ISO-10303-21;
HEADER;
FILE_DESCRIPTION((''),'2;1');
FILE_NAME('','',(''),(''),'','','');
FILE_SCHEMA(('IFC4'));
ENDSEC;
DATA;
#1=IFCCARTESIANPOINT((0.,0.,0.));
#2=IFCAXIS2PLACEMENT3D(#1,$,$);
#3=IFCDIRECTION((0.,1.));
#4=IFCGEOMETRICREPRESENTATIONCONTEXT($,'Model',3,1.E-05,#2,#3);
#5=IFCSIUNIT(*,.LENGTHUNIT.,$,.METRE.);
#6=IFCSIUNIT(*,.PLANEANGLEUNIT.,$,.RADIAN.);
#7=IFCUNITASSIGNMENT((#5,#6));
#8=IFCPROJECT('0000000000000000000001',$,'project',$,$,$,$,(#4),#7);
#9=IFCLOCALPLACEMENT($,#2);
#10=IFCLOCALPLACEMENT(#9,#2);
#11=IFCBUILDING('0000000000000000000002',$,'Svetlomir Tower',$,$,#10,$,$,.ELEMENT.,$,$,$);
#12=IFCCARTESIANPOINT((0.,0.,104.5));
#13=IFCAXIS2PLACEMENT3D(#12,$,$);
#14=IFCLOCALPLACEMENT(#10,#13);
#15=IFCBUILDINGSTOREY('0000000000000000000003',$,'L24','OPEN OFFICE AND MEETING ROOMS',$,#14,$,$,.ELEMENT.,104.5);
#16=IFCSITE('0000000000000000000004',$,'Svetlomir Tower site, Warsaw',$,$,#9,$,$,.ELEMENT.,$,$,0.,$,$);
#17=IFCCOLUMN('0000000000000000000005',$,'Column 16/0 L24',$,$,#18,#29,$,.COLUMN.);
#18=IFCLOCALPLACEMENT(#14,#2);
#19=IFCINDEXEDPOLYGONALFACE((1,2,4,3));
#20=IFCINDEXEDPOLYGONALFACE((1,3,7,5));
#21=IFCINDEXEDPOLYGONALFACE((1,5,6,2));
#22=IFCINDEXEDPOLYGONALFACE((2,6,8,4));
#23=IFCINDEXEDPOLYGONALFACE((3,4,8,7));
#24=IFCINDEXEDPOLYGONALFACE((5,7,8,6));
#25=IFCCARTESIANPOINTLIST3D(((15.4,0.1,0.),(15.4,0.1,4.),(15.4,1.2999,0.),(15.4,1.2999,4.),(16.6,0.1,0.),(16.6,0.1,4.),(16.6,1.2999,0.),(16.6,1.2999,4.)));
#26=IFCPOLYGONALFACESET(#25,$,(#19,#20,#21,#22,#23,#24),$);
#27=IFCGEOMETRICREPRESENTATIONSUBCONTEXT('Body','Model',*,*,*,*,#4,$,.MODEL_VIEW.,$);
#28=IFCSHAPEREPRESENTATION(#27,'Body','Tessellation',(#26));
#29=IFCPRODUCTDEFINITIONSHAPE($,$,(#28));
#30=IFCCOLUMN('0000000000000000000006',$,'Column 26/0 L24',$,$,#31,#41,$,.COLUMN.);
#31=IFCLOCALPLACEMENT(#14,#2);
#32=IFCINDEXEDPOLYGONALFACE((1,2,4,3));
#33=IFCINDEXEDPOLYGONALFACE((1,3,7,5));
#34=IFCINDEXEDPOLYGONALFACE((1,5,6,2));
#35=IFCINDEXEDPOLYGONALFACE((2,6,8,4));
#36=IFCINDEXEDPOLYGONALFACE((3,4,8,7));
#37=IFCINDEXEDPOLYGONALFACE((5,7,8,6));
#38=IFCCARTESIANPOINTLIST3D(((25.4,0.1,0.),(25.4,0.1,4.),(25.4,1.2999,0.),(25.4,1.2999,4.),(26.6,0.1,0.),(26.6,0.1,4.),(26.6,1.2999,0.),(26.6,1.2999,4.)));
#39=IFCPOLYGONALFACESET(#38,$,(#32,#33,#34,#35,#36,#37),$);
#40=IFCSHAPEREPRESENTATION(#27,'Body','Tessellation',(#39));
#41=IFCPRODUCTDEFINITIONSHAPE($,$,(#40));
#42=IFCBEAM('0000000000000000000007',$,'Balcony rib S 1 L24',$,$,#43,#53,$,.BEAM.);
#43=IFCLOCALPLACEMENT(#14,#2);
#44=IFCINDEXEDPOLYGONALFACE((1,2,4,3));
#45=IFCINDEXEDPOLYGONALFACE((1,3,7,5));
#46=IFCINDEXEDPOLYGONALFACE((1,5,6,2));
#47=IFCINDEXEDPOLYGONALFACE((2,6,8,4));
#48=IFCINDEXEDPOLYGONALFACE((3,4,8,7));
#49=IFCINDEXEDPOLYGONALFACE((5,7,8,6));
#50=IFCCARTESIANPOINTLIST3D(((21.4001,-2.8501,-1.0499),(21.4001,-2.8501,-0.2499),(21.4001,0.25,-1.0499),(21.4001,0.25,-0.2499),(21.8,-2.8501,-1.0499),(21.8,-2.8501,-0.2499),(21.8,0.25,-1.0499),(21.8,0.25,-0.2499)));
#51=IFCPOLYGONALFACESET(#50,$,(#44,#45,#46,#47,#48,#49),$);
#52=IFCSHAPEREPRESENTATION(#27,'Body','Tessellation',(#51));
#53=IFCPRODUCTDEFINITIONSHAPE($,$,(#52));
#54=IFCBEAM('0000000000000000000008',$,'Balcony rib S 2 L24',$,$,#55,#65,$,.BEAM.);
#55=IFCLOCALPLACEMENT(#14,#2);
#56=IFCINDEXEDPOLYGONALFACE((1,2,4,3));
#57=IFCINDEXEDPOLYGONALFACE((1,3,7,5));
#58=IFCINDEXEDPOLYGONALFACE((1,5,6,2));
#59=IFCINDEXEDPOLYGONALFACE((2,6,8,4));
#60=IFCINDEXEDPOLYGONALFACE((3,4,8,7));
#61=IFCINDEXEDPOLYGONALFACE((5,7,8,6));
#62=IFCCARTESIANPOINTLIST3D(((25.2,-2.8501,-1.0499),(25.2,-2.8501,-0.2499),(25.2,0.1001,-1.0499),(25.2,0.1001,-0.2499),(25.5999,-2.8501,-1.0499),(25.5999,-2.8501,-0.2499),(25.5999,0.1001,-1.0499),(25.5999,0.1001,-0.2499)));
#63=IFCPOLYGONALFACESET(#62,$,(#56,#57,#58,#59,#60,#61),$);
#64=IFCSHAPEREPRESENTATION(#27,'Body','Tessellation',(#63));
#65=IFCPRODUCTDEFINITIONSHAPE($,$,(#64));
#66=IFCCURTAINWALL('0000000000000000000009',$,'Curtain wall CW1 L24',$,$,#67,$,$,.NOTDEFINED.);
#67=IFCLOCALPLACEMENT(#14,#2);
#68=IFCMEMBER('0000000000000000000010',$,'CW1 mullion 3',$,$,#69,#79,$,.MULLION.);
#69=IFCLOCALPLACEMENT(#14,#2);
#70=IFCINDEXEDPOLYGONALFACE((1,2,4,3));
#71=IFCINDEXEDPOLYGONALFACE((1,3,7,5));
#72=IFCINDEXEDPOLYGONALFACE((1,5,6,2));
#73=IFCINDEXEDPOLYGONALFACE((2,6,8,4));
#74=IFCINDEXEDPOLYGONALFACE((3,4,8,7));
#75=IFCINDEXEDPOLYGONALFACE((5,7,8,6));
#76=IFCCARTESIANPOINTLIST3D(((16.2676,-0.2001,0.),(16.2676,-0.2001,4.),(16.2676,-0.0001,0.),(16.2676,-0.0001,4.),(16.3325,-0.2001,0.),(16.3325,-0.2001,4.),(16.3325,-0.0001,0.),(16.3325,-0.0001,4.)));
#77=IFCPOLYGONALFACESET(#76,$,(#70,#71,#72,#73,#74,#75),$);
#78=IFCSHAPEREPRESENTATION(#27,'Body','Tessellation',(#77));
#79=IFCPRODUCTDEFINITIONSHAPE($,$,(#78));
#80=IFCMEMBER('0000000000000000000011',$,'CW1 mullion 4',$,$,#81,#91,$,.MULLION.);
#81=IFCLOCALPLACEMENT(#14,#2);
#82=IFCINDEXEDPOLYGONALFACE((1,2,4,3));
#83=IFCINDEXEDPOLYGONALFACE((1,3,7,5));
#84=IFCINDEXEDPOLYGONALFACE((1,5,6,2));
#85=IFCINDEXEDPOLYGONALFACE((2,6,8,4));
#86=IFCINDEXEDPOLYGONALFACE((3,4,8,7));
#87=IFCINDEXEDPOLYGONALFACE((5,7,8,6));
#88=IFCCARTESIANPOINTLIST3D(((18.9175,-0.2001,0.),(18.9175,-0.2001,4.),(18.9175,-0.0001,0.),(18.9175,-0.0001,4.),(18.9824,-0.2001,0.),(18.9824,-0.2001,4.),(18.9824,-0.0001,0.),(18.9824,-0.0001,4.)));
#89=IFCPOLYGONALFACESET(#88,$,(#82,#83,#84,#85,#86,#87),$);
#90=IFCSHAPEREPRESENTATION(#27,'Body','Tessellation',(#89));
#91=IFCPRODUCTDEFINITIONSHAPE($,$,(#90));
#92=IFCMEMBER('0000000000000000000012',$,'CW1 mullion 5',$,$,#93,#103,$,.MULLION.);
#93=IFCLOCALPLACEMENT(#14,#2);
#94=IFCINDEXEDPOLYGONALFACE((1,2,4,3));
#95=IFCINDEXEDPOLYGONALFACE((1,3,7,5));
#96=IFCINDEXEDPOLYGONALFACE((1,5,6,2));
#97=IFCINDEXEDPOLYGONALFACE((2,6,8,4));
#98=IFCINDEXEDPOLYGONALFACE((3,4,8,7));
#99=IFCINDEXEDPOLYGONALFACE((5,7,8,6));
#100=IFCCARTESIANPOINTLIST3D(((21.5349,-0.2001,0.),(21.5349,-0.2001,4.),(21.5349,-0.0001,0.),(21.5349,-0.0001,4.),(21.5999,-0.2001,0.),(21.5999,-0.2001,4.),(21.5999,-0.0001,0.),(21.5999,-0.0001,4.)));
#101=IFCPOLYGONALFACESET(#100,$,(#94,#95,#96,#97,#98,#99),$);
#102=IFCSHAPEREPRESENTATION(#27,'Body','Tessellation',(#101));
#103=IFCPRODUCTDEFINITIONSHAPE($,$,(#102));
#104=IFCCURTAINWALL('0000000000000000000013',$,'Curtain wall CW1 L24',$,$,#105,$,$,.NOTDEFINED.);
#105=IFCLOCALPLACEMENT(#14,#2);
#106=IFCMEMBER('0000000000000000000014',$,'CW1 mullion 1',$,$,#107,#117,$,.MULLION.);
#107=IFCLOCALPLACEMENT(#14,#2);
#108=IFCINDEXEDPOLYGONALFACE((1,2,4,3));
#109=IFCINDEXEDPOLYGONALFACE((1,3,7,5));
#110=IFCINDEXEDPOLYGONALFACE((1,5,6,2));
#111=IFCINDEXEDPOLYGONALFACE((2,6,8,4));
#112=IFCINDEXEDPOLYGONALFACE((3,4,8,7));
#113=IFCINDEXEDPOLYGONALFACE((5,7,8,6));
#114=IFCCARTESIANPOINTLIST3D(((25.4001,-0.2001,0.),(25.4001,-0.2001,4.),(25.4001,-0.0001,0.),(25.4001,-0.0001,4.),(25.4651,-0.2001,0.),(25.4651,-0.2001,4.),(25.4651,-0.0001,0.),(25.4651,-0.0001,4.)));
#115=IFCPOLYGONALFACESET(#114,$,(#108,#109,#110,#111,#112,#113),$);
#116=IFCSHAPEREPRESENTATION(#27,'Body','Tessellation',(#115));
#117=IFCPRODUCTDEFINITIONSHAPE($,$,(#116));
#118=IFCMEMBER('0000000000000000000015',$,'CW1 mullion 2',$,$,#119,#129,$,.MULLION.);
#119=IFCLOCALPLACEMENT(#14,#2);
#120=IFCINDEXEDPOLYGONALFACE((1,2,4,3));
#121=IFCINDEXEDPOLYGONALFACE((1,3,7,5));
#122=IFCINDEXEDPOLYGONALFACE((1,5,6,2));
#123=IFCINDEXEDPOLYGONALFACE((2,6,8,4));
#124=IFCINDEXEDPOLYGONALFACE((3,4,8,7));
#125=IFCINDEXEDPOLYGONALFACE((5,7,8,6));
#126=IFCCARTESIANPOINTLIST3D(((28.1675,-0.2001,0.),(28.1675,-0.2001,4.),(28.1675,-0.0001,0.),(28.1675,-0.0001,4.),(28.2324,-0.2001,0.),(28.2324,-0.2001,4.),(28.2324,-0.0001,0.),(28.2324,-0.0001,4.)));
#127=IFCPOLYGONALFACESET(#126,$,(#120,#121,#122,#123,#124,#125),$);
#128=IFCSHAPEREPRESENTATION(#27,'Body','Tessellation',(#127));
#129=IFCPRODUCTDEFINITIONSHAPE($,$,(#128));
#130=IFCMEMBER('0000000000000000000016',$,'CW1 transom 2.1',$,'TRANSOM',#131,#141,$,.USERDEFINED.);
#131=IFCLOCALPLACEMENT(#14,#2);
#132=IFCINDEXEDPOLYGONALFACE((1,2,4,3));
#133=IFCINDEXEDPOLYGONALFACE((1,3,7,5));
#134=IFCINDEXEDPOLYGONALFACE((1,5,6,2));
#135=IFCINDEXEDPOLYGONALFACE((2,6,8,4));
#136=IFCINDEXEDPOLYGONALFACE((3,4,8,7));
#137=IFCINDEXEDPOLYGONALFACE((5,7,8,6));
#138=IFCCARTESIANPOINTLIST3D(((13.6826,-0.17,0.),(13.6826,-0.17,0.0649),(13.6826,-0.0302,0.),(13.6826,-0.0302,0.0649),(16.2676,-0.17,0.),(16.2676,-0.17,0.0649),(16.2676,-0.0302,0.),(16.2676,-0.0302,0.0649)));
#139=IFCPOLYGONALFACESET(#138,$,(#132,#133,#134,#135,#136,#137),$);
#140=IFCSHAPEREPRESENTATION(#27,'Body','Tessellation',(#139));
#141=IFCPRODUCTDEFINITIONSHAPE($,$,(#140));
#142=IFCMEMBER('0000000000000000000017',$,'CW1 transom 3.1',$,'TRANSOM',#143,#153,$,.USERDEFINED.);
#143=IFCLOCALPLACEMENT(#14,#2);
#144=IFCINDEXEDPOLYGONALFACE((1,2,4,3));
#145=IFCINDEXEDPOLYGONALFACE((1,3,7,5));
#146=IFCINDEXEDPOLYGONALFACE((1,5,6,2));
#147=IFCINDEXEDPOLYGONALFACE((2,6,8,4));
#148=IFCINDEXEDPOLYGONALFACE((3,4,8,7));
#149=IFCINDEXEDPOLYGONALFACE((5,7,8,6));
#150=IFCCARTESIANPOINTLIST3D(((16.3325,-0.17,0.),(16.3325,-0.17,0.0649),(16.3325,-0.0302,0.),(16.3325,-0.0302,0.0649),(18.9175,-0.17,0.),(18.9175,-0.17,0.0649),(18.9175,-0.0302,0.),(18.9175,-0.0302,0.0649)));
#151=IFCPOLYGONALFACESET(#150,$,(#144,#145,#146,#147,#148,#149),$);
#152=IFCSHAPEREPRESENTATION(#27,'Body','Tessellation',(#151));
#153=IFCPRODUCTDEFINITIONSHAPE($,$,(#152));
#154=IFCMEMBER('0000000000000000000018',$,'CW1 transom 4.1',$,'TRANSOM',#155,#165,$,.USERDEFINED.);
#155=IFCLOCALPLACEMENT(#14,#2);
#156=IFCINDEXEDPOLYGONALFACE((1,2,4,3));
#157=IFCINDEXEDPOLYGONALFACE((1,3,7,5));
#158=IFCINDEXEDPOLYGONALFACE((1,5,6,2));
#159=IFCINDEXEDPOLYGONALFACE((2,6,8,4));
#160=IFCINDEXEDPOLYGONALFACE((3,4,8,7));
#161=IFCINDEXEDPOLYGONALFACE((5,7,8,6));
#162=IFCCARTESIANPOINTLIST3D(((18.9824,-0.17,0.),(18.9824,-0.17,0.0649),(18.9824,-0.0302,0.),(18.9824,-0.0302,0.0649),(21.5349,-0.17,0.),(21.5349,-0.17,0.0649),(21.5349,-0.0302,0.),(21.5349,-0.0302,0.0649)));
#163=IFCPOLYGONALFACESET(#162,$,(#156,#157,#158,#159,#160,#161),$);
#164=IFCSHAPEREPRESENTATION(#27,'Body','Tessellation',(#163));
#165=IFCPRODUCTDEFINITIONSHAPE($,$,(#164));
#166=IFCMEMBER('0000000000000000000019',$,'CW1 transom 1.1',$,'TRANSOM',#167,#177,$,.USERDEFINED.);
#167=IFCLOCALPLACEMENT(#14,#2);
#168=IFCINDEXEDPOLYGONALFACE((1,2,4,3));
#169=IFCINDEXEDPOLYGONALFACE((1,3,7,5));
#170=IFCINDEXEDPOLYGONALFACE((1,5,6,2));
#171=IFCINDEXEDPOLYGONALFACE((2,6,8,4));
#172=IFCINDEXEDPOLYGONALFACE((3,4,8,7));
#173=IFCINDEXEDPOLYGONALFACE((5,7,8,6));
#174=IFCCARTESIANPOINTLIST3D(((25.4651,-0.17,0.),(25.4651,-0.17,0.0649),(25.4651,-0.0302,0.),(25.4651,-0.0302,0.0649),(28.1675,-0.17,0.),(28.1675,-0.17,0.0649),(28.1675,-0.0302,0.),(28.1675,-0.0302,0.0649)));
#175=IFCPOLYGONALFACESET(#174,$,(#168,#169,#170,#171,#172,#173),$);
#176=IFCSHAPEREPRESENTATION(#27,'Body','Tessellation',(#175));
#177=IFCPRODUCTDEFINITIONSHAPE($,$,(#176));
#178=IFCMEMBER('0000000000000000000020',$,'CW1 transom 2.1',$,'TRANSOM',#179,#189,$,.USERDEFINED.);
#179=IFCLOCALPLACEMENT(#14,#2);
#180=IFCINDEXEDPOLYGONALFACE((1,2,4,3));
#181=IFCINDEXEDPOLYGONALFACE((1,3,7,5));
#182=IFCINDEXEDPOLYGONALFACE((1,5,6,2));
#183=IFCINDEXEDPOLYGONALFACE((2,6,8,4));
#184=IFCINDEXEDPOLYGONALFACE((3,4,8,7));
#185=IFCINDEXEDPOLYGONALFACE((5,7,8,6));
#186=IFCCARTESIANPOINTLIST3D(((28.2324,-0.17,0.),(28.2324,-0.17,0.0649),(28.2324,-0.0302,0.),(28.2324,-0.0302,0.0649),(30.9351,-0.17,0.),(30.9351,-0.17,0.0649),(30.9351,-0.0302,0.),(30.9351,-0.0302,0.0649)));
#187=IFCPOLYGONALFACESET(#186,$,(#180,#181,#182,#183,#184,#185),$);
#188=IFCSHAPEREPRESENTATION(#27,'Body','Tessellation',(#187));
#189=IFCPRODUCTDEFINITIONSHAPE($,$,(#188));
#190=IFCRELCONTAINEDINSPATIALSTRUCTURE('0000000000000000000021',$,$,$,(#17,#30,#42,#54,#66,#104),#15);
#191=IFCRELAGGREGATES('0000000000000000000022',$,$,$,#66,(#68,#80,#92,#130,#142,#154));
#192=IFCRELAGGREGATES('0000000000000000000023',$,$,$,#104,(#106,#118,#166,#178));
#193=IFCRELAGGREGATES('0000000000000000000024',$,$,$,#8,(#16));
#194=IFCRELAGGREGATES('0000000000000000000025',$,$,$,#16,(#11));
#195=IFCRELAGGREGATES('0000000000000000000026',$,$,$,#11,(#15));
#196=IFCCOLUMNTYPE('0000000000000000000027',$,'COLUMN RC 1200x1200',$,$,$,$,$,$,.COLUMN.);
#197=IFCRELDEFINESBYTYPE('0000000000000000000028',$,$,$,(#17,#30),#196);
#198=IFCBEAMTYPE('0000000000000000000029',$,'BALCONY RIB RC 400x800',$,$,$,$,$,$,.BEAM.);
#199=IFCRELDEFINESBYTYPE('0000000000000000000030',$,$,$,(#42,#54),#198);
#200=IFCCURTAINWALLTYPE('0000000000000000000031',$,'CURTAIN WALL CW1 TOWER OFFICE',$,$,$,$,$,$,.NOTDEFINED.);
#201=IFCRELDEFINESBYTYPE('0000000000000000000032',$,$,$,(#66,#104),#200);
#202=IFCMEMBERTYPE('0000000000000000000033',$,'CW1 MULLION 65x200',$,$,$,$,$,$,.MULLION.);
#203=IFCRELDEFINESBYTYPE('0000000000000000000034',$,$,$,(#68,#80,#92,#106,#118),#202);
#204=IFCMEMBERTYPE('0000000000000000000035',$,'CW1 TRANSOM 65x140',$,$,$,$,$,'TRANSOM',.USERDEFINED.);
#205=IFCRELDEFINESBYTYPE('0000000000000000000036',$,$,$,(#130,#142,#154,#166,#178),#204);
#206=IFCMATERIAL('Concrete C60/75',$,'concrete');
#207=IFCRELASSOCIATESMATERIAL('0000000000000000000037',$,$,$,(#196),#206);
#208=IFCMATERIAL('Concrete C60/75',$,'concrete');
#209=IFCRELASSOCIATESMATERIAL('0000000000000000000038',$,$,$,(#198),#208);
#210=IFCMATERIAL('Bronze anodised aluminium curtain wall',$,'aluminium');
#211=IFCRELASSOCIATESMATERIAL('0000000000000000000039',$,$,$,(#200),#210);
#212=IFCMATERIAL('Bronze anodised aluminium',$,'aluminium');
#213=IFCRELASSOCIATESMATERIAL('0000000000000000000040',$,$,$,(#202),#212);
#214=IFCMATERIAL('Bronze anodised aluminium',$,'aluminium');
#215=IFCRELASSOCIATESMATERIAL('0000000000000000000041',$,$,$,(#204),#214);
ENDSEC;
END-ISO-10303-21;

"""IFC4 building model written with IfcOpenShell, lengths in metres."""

from ifc_helpers import new_model, si_unit, direction, frame, origin, origin_2d, place, context, subcontext, project, spatial, rectangle, extrude, material, material_profile, profile_set, type_object, element, aggregate, save


model = new_model("IFC4")

# Units and contexts
model_context = context("Model", 3, precision=1e-05, world=origin(), true_north=direction((0.0, 1.0)))
body_context = subcontext(model_context, "Body", "Model", "MODEL_VIEW")
ifc_project = project(units=[si_unit("LENGTHUNIT", "METRE"), si_unit("PLANEANGLEUNIT", "RADIAN")], contexts=[model_context])

# Site, building, storey
site_placement = place(None, origin())
site = spatial("IfcSite", under=ifc_project, at=site_placement, Name="Svetlomir Tower site, Warsaw", CompositionType="ELEMENT", RefElevation=0.0)
building_placement = place(site_placement, origin())
building = spatial("IfcBuilding", under=site, at=building_placement, Name="Svetlomir Tower", CompositionType="ELEMENT")
storey_placement = place(building_placement, frame((0.0, 0.0, 104.5)))
storey = spatial("IfcBuildingStorey", under=building, at=storey_placement, Name="L24", Description="OPEN OFFICE AND MEETING ROOMS", CompositionType="ELEMENT", Elevation=104.5)

# Columns
ifc_material_1 = material(Name="Concrete C60/75", Category="concrete")
ifc_material_profile_1 = material_profile(ifc_material_1, rectangle(XDim=1.2, YDim=1.2, at=origin_2d()), Name="RC 1200x1200")
ifc_profile_set_1 = profile_set([ifc_material_profile_1], Name="Concrete C60/75")
column_type = type_object("IfcColumnType", Name="COLUMN RC 1200x1200", PredefinedType="COLUMN", material=ifc_profile_set_1)
for number, where, z_axis, x_axis, name in (
    (1, (16.0, 0.7, 0.0), (0.0, 0.0, 1.0), (1.0, 0.0, 0.0), "Column 16/0 L24"),
    (2, (26.0, 0.7, 0.0), (0.0, 0.0, 1.0), (1.0, 0.0, 0.0), "Column 26/0 L24"),
):
    element("IfcColumn", number, at=place(storey_placement, frame(where, z_axis=z_axis, x_axis=x_axis)), inside=storey, type_object=column_type, Name=name, PredefinedType="COLUMN", context=body_context, shape_type="SweptSolid", body=[
        extrude(rectangle(XDim=1.2, YDim=1.2, at=origin_2d()), origin(), (0.0, 0.0, 1.0), 4.0),
    ])

# Beams
ifc_material_2 = material(Name="Concrete C60/75", Category="concrete")
ifc_material_profile_2 = material_profile(ifc_material_2, rectangle(XDim=0.3999, YDim=0.8, at=origin_2d()), Name="RC 400x800")
ifc_profile_set_2 = profile_set([ifc_material_profile_2], Name="Concrete C60/75")
beam_type_1 = type_object("IfcBeamType", Name="BALCONY RIB RC 400x800", PredefinedType="BEAM", material=ifc_profile_set_2)
beam_1_placement = place(storey_placement, frame((21.6001, 0.25, -0.6499), z_axis=(0.0, -1.0, 0.0), x_axis=(1.0, 0.0, 0.0)))
element("IfcBeam", 3, at=beam_1_placement, inside=storey, type_object=beam_type_1, Name="Balcony rib S 1 L24", PredefinedType="BEAM", context=body_context, shape_type="SweptSolid", body=[
    extrude(rectangle(XDim=0.3999, YDim=0.8, at=origin_2d()), origin(), (0.0, 0.0, 1.0), 3.1001),
])
beam_2_placement = place(storey_placement, frame((25.3999, 0.1001, -0.6499), z_axis=(0.0, -1.0, 0.0), x_axis=(1.0, 0.0, 0.0)))
element("IfcBeam", 4, at=beam_2_placement, inside=storey, type_object=beam_type_1, Name="Balcony rib S 2 L24", PredefinedType="BEAM", context=body_context, shape_type="SweptSolid", body=[
    extrude(rectangle(XDim=0.3999, YDim=0.8, at=origin_2d()), origin(), (0.0, 0.0, 1.0), 2.9502),
])

# Curtain walls, members
ifc_material_3 = material(Name="Bronze anodised aluminium curtain wall", Category="aluminium")
curtain_wall_type = type_object("IfcCurtainWallType", Name="CURTAIN WALL CW1 TOWER OFFICE", PredefinedType="NOTDEFINED", material=ifc_material_3)
curtain_wall_1_placement = place(storey_placement, origin())
curtain_wall_1 = element("IfcCurtainWall", 5, at=curtain_wall_1_placement, inside=storey, type_object=curtain_wall_type, Name="Curtain wall CW1 L24", PredefinedType="NOTDEFINED")
ifc_material_4 = material(Name="Bronze anodised aluminium", Category="aluminium")
ifc_material_profile_3 = material_profile(ifc_material_4, rectangle(XDim=0.0649, YDim=0.2, at=origin_2d()), Name="AL 65x200")
ifc_profile_set_3 = profile_set([ifc_material_profile_3], Name="Bronze anodised aluminium 6063-T6")
member_type_1 = type_object("IfcMemberType", Name="CW1 MULLION 65x200", PredefinedType="MULLION", material=ifc_profile_set_3)
member_1_placement = place(storey_placement, frame((16.3, -0.1001, 0.0), z_axis=(0.0, 0.0, 1.0), x_axis=(1.0, 0.0, 0.0)))
member_1 = element("IfcMember", 6, at=member_1_placement, type_object=member_type_1, Name="CW1 mullion 3", PredefinedType="MULLION", context=body_context, shape_type="SweptSolid", body=[
    extrude(rectangle(XDim=0.0649, YDim=0.2, at=origin_2d()), origin(), (0.0, 0.0, 1.0), 4.0),
])
member_2_placement = place(storey_placement, frame((18.95, -0.1001, 0.0), z_axis=(0.0, 0.0, 1.0), x_axis=(1.0, 0.0, 0.0)))
member_2 = element("IfcMember", 7, at=member_2_placement, type_object=member_type_1, Name="CW1 mullion 4", PredefinedType="MULLION", context=body_context, shape_type="SweptSolid", body=[
    extrude(rectangle(XDim=0.0649, YDim=0.2, at=origin_2d()), origin(), (0.0, 0.0, 1.0), 4.0),
])
member_3_placement = place(storey_placement, frame((21.5674, -0.1001, 0.0), z_axis=(0.0, 0.0, 1.0), x_axis=(1.0, 0.0, 0.0)))
member_3 = element("IfcMember", 8, at=member_3_placement, type_object=member_type_1, Name="CW1 mullion 5", PredefinedType="MULLION", context=body_context, shape_type="SweptSolid", body=[
    extrude(rectangle(XDim=0.0649, YDim=0.2, at=origin_2d()), origin(), (0.0, 0.0, 1.0), 4.0),
])
curtain_wall_2_placement = place(storey_placement, origin())
curtain_wall_2 = element("IfcCurtainWall", 9, at=curtain_wall_2_placement, inside=storey, type_object=curtain_wall_type, Name="Curtain wall CW1 L24", PredefinedType="NOTDEFINED")
member_4_placement = place(storey_placement, frame((25.4326, -0.1001, 0.0), z_axis=(0.0, 0.0, 1.0), x_axis=(1.0, 0.0, 0.0)))
member_4 = element("IfcMember", 10, at=member_4_placement, type_object=member_type_1, Name="CW1 mullion 1", PredefinedType="MULLION", context=body_context, shape_type="SweptSolid", body=[
    extrude(rectangle(XDim=0.0649, YDim=0.2, at=origin_2d()), origin(), (0.0, 0.0, 1.0), 4.0),
])
member_5_placement = place(storey_placement, frame((28.2, -0.1001, 0.0), z_axis=(0.0, 0.0, 1.0), x_axis=(1.0, 0.0, 0.0)))
member_5 = element("IfcMember", 11, at=member_5_placement, type_object=member_type_1, Name="CW1 mullion 2", PredefinedType="MULLION", context=body_context, shape_type="SweptSolid", body=[
    extrude(rectangle(XDim=0.0649, YDim=0.2, at=origin_2d()), origin(), (0.0, 0.0, 1.0), 4.0),
])

# Members
ifc_material_5 = material(Name="Bronze anodised aluminium", Category="aluminium")
ifc_material_profile_4 = material_profile(ifc_material_5, rectangle(XDim=0.1399, YDim=0.0649, at=origin_2d()), Name="AL 140x65")
ifc_profile_set_4 = profile_set([ifc_material_profile_4], Name="Bronze anodised aluminium 6063-T6")
member_type_2 = type_object("IfcMemberType", Name="CW1 TRANSOM 65x140", ElementType="TRANSOM", PredefinedType="USERDEFINED", material=ifc_profile_set_4)
member_6_placement = place(storey_placement, frame((13.6826, -0.1001, 0.0325), z_axis=(1.0, 0.0, 0.0), x_axis=(0.0, 1.0, 0.0)))
member_6 = element("IfcMember", 12, at=member_6_placement, type_object=member_type_2, Name="CW1 transom 2.1", ObjectType="TRANSOM", PredefinedType="USERDEFINED", context=body_context, shape_type="SweptSolid", body=[
    extrude(rectangle(XDim=0.1399, YDim=0.0649, at=origin_2d()), origin(), (0.0, 0.0, 1.0), 2.585),
])
member_7_placement = place(storey_placement, frame((16.3325, -0.1001, 0.0325), z_axis=(1.0, 0.0, 0.0), x_axis=(0.0, 1.0, 0.0)))
member_7 = element("IfcMember", 13, at=member_7_placement, type_object=member_type_2, Name="CW1 transom 3.1", ObjectType="TRANSOM", PredefinedType="USERDEFINED", context=body_context, shape_type="SweptSolid", body=[
    extrude(rectangle(XDim=0.1399, YDim=0.0649, at=origin_2d()), origin(), (0.0, 0.0, 1.0), 2.585),
])
member_8_placement = place(storey_placement, frame((18.9824, -0.1001, 0.0325), z_axis=(1.0, 0.0, 0.0), x_axis=(0.0, 1.0, 0.0)))
member_8 = element("IfcMember", 14, at=member_8_placement, type_object=member_type_2, Name="CW1 transom 4.1", ObjectType="TRANSOM", PredefinedType="USERDEFINED", context=body_context, shape_type="SweptSolid", body=[
    extrude(rectangle(XDim=0.1399, YDim=0.0649, at=origin_2d()), origin(), (0.0, 0.0, 1.0), 2.5525),
])
member_9_placement = place(storey_placement, frame((25.4651, -0.1001, 0.0325), z_axis=(1.0, 0.0, 0.0), x_axis=(0.0, 1.0, 0.0)))
member_9 = element("IfcMember", 15, at=member_9_placement, type_object=member_type_2, Name="CW1 transom 1.1", ObjectType="TRANSOM", PredefinedType="USERDEFINED", context=body_context, shape_type="SweptSolid", body=[
    extrude(rectangle(XDim=0.1399, YDim=0.0649, at=origin_2d()), origin(), (0.0, 0.0, 1.0), 2.7024),
])
member_10_placement = place(storey_placement, frame((28.2324, -0.1001, 0.0325), z_axis=(1.0, 0.0, 0.0), x_axis=(0.0, 1.0, 0.0)))
member_10 = element("IfcMember", 16, at=member_10_placement, type_object=member_type_2, Name="CW1 transom 2.1", ObjectType="TRANSOM", PredefinedType="USERDEFINED", context=body_context, shape_type="SweptSolid", body=[
    extrude(rectangle(XDim=0.1399, YDim=0.0649, at=origin_2d()), origin(), (0.0, 0.0, 1.0), 2.7026),
])

aggregate(curtain_wall_1, [member_1, member_2, member_3, member_6, member_7, member_8])
aggregate(curtain_wall_2, [member_4, member_5, member_9, member_10])

save(model, "model.ifc")
